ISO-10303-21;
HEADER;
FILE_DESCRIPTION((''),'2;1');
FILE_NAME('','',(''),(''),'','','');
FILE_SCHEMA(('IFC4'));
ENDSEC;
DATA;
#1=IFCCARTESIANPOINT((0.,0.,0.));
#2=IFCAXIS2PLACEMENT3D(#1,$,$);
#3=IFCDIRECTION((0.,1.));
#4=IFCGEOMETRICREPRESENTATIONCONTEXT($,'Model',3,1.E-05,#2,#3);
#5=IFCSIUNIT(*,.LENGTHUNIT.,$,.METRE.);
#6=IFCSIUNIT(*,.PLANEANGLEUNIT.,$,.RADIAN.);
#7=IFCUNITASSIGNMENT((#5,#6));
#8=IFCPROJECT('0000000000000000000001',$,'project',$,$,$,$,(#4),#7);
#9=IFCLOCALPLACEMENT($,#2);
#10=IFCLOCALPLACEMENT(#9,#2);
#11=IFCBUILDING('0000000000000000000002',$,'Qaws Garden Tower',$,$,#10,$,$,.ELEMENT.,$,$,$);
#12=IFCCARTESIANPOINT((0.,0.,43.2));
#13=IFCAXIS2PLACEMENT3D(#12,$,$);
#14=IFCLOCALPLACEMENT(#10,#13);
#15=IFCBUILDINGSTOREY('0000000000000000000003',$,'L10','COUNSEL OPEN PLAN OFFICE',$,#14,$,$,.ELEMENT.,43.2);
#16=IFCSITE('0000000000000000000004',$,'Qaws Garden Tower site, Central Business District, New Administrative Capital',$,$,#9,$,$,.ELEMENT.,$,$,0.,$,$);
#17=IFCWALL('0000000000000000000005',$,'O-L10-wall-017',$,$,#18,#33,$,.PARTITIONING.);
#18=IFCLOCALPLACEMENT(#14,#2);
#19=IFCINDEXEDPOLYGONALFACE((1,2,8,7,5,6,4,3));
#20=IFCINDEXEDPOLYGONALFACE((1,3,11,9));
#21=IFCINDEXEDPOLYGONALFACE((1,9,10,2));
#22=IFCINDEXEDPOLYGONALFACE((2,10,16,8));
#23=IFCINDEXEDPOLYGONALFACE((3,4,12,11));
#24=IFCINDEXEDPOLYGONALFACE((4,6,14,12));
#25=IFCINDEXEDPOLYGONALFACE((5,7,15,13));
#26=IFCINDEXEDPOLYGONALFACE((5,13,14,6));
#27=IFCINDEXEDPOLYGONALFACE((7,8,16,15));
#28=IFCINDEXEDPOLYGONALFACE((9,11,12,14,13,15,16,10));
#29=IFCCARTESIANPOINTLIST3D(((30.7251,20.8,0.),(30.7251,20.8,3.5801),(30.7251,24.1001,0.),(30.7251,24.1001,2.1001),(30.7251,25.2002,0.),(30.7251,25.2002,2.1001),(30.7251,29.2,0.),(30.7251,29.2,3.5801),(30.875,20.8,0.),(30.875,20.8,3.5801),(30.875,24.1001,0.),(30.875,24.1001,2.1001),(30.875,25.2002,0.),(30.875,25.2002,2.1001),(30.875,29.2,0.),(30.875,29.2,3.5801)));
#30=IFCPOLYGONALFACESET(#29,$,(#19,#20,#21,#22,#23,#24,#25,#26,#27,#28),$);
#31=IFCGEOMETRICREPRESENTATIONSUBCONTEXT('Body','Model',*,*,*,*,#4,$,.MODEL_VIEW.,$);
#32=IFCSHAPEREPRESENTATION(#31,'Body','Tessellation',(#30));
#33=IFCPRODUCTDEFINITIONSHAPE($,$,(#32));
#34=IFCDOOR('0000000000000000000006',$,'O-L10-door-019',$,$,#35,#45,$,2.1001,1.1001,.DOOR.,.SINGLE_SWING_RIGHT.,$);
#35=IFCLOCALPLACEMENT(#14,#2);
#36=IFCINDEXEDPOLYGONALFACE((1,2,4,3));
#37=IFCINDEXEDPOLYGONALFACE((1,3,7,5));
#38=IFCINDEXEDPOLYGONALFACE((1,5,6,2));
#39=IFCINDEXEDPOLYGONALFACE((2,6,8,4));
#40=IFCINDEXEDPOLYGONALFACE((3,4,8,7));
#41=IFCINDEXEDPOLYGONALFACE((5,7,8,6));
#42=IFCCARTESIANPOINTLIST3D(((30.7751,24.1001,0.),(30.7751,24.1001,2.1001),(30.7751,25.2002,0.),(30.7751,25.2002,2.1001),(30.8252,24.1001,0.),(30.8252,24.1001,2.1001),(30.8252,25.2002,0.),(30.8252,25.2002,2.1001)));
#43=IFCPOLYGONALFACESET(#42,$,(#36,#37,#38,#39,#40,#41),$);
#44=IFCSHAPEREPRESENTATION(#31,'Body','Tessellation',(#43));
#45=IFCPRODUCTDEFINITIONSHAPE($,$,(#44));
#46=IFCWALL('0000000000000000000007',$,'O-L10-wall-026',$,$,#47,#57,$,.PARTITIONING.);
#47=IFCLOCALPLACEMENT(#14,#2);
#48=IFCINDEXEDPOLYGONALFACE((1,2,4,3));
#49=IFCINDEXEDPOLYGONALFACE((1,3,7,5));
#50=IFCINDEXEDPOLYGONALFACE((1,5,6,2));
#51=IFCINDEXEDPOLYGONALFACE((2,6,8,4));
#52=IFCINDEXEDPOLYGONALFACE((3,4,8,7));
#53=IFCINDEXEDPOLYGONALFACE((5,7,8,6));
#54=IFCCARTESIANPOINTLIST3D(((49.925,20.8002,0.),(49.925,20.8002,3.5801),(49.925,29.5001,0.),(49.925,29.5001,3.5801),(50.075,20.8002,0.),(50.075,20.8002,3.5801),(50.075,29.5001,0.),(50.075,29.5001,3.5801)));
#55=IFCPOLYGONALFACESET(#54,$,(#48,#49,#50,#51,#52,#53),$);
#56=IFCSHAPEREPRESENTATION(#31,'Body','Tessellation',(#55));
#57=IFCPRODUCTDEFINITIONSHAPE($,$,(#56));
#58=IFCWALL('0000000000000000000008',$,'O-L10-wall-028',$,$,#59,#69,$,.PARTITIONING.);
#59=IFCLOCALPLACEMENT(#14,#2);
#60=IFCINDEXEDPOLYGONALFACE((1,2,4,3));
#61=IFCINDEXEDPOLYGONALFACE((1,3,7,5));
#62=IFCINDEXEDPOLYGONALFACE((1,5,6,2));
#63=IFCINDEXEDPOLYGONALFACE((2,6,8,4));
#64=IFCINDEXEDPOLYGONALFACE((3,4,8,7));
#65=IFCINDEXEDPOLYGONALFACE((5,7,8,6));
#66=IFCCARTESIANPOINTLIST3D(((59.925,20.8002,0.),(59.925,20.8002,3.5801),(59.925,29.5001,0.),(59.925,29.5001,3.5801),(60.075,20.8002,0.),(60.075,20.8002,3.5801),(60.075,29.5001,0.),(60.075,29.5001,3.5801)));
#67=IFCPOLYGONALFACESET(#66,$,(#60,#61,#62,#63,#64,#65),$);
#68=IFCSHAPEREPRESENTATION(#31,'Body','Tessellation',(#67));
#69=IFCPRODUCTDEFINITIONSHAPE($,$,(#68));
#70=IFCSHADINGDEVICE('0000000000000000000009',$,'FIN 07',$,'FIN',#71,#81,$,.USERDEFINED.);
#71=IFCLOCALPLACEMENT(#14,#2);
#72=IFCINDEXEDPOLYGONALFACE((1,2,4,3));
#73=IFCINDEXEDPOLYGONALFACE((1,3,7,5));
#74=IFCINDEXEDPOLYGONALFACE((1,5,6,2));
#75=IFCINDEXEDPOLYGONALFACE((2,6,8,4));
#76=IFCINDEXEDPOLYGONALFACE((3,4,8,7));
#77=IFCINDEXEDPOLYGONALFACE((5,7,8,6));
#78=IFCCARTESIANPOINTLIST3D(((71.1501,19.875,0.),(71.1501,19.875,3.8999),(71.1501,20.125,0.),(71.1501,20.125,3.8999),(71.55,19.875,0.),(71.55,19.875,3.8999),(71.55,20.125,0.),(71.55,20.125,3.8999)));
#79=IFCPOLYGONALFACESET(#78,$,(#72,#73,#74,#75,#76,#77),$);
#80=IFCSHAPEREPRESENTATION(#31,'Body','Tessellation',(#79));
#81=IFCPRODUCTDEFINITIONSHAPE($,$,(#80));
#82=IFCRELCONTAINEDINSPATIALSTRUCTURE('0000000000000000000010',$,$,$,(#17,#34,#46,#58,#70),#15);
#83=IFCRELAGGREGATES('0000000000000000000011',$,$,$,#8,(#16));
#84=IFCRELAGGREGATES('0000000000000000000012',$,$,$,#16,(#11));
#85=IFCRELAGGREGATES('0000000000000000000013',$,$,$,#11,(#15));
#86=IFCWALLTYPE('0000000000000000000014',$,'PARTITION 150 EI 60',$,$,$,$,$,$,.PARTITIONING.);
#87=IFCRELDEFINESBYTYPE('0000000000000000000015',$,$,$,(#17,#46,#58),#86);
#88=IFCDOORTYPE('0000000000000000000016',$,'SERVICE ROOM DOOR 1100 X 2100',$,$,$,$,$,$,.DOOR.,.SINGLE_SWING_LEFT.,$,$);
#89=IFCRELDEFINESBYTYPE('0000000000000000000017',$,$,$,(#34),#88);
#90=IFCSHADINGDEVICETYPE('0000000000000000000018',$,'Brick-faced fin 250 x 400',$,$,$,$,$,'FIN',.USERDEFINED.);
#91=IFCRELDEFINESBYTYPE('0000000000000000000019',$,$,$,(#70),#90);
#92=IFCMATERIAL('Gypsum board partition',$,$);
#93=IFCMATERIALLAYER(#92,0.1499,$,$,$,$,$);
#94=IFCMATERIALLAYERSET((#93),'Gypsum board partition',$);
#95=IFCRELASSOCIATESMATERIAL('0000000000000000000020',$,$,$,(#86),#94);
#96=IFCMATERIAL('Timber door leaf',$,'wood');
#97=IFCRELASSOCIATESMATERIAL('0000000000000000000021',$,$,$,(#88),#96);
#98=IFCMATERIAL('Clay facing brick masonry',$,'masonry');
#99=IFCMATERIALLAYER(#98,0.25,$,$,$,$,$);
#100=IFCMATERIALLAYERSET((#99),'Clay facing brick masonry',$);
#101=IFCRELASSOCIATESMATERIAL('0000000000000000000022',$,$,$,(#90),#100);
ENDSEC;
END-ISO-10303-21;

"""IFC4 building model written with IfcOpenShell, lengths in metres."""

from ifc_helpers import new_model, si_unit, direction, frame, frame_2d, origin, origin_2d, place, context, subcontext, project, spatial, rectangle, extrude, material, layer, layer_set, type_object, element, fill, save


model = new_model("IFC4")

# Units and contexts
model_context = context("Model", 3, precision=1e-05, world=origin(), true_north=direction((0.0, 1.0)))
body_context = subcontext(model_context, "Body", "Model", "MODEL_VIEW")
ifc_project = project(units=[si_unit("LENGTHUNIT", "METRE"), si_unit("PLANEANGLEUNIT", "RADIAN")], contexts=[model_context])

# Site, building, storey
site_placement = place(None, origin())
site = spatial("IfcSite", under=ifc_project, at=site_placement, Name="Qaws Garden Tower site, Central Business District, New Administrative Capital", CompositionType="ELEMENT", RefElevation=0.0)
building_placement = place(site_placement, origin())
building = spatial("IfcBuilding", under=site, at=building_placement, Name="Qaws Garden Tower", CompositionType="ELEMENT")
storey_placement = place(building_placement, frame((0.0, 0.0, 43.2)))
storey = spatial("IfcBuildingStorey", under=building, at=storey_placement, Name="L10", Description="COUNSEL OPEN PLAN OFFICE", CompositionType="ELEMENT", Elevation=43.2)

# Wall, opening, door
ifc_material_1 = material(Name="Gypsum board partition")
ifc_layer_1 = layer(ifc_material_1, 0.1499)
ifc_layer_set_1 = layer_set([ifc_layer_1], Name="Gypsum board partition")
wall_type = type_object("IfcWallType", Name="PARTITION 150 EI 60", PredefinedType="PARTITIONING", material=ifc_layer_set_1)
wall_placement = place(storey_placement, frame((30.8, 20.8, 0.0), z_axis=(0.0, 0.0, 1.0), x_axis=(0.0, 1.0, 0.0)))
wall = element("IfcWall", 1, at=wall_placement, inside=storey, type_object=wall_type, Name="O-L10-wall-017", PredefinedType="PARTITIONING", context=body_context, shape_type="SweptSolid", body=[
    extrude(rectangle(XDim=8.3999, YDim=0.1499, at=frame_2d((4.2, 0.0))), origin(), (0.0, 0.0, 1.0), 3.5801),
])
opening_placement = place(wall_placement, frame((3.3, 0.0, 0.0)))
opening = element("IfcOpeningElement", 2, at=opening_placement, cuts=wall, PredefinedType="OPENING", context=body_context, shape_type="SweptSolid", body=[
    extrude(rectangle(XDim=1.1001, YDim=2.1001, at=frame_2d((0.55, 1.05))), frame((0.0, 0.085, 0.0), z_axis=(0.0, -1.0, 0.0), x_axis=(1.0, 0.0, 0.0)), (0.0, 0.0, 1.0), 0.1699),
])
ifc_material_2 = material(Name="Timber door leaf", Category="wood")
door_type = type_object("IfcDoorType", Name="SERVICE ROOM DOOR 1100 X 2100", OperationType="SINGLE_SWING_LEFT", PredefinedType="DOOR", material=ifc_material_2)
door_placement = place(opening_placement, origin())
door = element("IfcDoor", 3, at=door_placement, inside=storey, type_object=door_type, Name="O-L10-door-019", OperationType="SINGLE_SWING_RIGHT", OverallHeight=2.1001, OverallWidth=1.1001, PredefinedType="DOOR", context=body_context, shape_type="SweptSolid", body=[
    extrude(rectangle(XDim=1.1001, YDim=2.1001, at=frame_2d((0.55, 1.05))), frame((0.0, 0.0249, 0.0), z_axis=(0.0, -1.0, 0.0), x_axis=(1.0, 0.0, 0.0)), (0.0, 0.0, 1.0), 0.05),
])
fill(opening, door)

# Walls
for number, where, z_axis, x_axis, name in (
    (4, (50.0, 20.8, 0.0), (0.0, 0.0, 1.0), (0.0, 1.0, 0.0), "O-L10-wall-026"),
    (5, (60.0, 20.8, 0.0), (0.0, 0.0, 1.0), (0.0, 1.0, 0.0), "O-L10-wall-028"),
):
    element("IfcWall", number, at=place(storey_placement, frame(where, z_axis=z_axis, x_axis=x_axis)), inside=storey, type_object=wall_type, Name=name, PredefinedType="PARTITIONING", context=body_context, shape_type="SweptSolid", body=[
        extrude(rectangle(XDim=8.7, YDim=0.1499, at=frame_2d((4.3501, 0.0))), origin(), (0.0, 0.0, 1.0), 3.5801),
    ])

# Shading device
ifc_material_3 = material(Name="Clay facing brick masonry", Category="masonry")
ifc_layer_2 = layer(ifc_material_3, 0.25)
ifc_layer_set_2 = layer_set([ifc_layer_2], Name="Clay facing brick masonry")
shading_device_type = type_object("IfcShadingDeviceType", Name="Brick-faced fin 250 x 400", ElementType="FIN", PredefinedType="USERDEFINED", material=ifc_layer_set_2)
shading_device_placement = place(storey_placement, frame((71.3501, 20.0, 0.0), z_axis=(0.0, 0.0, 1.0), x_axis=(0.0, 1.0, 0.0)))
element("IfcShadingDevice", 6, at=shading_device_placement, inside=storey, type_object=shading_device_type, Name="FIN 07", ObjectType="FIN", PredefinedType="USERDEFINED", context=body_context, shape_type="SweptSolid", body=[
    extrude(rectangle(XDim=0.25, YDim=0.3999, at=origin_2d()), origin(), (0.0, 0.0, 1.0), 3.8999),
])

save(model, "model.ifc")
